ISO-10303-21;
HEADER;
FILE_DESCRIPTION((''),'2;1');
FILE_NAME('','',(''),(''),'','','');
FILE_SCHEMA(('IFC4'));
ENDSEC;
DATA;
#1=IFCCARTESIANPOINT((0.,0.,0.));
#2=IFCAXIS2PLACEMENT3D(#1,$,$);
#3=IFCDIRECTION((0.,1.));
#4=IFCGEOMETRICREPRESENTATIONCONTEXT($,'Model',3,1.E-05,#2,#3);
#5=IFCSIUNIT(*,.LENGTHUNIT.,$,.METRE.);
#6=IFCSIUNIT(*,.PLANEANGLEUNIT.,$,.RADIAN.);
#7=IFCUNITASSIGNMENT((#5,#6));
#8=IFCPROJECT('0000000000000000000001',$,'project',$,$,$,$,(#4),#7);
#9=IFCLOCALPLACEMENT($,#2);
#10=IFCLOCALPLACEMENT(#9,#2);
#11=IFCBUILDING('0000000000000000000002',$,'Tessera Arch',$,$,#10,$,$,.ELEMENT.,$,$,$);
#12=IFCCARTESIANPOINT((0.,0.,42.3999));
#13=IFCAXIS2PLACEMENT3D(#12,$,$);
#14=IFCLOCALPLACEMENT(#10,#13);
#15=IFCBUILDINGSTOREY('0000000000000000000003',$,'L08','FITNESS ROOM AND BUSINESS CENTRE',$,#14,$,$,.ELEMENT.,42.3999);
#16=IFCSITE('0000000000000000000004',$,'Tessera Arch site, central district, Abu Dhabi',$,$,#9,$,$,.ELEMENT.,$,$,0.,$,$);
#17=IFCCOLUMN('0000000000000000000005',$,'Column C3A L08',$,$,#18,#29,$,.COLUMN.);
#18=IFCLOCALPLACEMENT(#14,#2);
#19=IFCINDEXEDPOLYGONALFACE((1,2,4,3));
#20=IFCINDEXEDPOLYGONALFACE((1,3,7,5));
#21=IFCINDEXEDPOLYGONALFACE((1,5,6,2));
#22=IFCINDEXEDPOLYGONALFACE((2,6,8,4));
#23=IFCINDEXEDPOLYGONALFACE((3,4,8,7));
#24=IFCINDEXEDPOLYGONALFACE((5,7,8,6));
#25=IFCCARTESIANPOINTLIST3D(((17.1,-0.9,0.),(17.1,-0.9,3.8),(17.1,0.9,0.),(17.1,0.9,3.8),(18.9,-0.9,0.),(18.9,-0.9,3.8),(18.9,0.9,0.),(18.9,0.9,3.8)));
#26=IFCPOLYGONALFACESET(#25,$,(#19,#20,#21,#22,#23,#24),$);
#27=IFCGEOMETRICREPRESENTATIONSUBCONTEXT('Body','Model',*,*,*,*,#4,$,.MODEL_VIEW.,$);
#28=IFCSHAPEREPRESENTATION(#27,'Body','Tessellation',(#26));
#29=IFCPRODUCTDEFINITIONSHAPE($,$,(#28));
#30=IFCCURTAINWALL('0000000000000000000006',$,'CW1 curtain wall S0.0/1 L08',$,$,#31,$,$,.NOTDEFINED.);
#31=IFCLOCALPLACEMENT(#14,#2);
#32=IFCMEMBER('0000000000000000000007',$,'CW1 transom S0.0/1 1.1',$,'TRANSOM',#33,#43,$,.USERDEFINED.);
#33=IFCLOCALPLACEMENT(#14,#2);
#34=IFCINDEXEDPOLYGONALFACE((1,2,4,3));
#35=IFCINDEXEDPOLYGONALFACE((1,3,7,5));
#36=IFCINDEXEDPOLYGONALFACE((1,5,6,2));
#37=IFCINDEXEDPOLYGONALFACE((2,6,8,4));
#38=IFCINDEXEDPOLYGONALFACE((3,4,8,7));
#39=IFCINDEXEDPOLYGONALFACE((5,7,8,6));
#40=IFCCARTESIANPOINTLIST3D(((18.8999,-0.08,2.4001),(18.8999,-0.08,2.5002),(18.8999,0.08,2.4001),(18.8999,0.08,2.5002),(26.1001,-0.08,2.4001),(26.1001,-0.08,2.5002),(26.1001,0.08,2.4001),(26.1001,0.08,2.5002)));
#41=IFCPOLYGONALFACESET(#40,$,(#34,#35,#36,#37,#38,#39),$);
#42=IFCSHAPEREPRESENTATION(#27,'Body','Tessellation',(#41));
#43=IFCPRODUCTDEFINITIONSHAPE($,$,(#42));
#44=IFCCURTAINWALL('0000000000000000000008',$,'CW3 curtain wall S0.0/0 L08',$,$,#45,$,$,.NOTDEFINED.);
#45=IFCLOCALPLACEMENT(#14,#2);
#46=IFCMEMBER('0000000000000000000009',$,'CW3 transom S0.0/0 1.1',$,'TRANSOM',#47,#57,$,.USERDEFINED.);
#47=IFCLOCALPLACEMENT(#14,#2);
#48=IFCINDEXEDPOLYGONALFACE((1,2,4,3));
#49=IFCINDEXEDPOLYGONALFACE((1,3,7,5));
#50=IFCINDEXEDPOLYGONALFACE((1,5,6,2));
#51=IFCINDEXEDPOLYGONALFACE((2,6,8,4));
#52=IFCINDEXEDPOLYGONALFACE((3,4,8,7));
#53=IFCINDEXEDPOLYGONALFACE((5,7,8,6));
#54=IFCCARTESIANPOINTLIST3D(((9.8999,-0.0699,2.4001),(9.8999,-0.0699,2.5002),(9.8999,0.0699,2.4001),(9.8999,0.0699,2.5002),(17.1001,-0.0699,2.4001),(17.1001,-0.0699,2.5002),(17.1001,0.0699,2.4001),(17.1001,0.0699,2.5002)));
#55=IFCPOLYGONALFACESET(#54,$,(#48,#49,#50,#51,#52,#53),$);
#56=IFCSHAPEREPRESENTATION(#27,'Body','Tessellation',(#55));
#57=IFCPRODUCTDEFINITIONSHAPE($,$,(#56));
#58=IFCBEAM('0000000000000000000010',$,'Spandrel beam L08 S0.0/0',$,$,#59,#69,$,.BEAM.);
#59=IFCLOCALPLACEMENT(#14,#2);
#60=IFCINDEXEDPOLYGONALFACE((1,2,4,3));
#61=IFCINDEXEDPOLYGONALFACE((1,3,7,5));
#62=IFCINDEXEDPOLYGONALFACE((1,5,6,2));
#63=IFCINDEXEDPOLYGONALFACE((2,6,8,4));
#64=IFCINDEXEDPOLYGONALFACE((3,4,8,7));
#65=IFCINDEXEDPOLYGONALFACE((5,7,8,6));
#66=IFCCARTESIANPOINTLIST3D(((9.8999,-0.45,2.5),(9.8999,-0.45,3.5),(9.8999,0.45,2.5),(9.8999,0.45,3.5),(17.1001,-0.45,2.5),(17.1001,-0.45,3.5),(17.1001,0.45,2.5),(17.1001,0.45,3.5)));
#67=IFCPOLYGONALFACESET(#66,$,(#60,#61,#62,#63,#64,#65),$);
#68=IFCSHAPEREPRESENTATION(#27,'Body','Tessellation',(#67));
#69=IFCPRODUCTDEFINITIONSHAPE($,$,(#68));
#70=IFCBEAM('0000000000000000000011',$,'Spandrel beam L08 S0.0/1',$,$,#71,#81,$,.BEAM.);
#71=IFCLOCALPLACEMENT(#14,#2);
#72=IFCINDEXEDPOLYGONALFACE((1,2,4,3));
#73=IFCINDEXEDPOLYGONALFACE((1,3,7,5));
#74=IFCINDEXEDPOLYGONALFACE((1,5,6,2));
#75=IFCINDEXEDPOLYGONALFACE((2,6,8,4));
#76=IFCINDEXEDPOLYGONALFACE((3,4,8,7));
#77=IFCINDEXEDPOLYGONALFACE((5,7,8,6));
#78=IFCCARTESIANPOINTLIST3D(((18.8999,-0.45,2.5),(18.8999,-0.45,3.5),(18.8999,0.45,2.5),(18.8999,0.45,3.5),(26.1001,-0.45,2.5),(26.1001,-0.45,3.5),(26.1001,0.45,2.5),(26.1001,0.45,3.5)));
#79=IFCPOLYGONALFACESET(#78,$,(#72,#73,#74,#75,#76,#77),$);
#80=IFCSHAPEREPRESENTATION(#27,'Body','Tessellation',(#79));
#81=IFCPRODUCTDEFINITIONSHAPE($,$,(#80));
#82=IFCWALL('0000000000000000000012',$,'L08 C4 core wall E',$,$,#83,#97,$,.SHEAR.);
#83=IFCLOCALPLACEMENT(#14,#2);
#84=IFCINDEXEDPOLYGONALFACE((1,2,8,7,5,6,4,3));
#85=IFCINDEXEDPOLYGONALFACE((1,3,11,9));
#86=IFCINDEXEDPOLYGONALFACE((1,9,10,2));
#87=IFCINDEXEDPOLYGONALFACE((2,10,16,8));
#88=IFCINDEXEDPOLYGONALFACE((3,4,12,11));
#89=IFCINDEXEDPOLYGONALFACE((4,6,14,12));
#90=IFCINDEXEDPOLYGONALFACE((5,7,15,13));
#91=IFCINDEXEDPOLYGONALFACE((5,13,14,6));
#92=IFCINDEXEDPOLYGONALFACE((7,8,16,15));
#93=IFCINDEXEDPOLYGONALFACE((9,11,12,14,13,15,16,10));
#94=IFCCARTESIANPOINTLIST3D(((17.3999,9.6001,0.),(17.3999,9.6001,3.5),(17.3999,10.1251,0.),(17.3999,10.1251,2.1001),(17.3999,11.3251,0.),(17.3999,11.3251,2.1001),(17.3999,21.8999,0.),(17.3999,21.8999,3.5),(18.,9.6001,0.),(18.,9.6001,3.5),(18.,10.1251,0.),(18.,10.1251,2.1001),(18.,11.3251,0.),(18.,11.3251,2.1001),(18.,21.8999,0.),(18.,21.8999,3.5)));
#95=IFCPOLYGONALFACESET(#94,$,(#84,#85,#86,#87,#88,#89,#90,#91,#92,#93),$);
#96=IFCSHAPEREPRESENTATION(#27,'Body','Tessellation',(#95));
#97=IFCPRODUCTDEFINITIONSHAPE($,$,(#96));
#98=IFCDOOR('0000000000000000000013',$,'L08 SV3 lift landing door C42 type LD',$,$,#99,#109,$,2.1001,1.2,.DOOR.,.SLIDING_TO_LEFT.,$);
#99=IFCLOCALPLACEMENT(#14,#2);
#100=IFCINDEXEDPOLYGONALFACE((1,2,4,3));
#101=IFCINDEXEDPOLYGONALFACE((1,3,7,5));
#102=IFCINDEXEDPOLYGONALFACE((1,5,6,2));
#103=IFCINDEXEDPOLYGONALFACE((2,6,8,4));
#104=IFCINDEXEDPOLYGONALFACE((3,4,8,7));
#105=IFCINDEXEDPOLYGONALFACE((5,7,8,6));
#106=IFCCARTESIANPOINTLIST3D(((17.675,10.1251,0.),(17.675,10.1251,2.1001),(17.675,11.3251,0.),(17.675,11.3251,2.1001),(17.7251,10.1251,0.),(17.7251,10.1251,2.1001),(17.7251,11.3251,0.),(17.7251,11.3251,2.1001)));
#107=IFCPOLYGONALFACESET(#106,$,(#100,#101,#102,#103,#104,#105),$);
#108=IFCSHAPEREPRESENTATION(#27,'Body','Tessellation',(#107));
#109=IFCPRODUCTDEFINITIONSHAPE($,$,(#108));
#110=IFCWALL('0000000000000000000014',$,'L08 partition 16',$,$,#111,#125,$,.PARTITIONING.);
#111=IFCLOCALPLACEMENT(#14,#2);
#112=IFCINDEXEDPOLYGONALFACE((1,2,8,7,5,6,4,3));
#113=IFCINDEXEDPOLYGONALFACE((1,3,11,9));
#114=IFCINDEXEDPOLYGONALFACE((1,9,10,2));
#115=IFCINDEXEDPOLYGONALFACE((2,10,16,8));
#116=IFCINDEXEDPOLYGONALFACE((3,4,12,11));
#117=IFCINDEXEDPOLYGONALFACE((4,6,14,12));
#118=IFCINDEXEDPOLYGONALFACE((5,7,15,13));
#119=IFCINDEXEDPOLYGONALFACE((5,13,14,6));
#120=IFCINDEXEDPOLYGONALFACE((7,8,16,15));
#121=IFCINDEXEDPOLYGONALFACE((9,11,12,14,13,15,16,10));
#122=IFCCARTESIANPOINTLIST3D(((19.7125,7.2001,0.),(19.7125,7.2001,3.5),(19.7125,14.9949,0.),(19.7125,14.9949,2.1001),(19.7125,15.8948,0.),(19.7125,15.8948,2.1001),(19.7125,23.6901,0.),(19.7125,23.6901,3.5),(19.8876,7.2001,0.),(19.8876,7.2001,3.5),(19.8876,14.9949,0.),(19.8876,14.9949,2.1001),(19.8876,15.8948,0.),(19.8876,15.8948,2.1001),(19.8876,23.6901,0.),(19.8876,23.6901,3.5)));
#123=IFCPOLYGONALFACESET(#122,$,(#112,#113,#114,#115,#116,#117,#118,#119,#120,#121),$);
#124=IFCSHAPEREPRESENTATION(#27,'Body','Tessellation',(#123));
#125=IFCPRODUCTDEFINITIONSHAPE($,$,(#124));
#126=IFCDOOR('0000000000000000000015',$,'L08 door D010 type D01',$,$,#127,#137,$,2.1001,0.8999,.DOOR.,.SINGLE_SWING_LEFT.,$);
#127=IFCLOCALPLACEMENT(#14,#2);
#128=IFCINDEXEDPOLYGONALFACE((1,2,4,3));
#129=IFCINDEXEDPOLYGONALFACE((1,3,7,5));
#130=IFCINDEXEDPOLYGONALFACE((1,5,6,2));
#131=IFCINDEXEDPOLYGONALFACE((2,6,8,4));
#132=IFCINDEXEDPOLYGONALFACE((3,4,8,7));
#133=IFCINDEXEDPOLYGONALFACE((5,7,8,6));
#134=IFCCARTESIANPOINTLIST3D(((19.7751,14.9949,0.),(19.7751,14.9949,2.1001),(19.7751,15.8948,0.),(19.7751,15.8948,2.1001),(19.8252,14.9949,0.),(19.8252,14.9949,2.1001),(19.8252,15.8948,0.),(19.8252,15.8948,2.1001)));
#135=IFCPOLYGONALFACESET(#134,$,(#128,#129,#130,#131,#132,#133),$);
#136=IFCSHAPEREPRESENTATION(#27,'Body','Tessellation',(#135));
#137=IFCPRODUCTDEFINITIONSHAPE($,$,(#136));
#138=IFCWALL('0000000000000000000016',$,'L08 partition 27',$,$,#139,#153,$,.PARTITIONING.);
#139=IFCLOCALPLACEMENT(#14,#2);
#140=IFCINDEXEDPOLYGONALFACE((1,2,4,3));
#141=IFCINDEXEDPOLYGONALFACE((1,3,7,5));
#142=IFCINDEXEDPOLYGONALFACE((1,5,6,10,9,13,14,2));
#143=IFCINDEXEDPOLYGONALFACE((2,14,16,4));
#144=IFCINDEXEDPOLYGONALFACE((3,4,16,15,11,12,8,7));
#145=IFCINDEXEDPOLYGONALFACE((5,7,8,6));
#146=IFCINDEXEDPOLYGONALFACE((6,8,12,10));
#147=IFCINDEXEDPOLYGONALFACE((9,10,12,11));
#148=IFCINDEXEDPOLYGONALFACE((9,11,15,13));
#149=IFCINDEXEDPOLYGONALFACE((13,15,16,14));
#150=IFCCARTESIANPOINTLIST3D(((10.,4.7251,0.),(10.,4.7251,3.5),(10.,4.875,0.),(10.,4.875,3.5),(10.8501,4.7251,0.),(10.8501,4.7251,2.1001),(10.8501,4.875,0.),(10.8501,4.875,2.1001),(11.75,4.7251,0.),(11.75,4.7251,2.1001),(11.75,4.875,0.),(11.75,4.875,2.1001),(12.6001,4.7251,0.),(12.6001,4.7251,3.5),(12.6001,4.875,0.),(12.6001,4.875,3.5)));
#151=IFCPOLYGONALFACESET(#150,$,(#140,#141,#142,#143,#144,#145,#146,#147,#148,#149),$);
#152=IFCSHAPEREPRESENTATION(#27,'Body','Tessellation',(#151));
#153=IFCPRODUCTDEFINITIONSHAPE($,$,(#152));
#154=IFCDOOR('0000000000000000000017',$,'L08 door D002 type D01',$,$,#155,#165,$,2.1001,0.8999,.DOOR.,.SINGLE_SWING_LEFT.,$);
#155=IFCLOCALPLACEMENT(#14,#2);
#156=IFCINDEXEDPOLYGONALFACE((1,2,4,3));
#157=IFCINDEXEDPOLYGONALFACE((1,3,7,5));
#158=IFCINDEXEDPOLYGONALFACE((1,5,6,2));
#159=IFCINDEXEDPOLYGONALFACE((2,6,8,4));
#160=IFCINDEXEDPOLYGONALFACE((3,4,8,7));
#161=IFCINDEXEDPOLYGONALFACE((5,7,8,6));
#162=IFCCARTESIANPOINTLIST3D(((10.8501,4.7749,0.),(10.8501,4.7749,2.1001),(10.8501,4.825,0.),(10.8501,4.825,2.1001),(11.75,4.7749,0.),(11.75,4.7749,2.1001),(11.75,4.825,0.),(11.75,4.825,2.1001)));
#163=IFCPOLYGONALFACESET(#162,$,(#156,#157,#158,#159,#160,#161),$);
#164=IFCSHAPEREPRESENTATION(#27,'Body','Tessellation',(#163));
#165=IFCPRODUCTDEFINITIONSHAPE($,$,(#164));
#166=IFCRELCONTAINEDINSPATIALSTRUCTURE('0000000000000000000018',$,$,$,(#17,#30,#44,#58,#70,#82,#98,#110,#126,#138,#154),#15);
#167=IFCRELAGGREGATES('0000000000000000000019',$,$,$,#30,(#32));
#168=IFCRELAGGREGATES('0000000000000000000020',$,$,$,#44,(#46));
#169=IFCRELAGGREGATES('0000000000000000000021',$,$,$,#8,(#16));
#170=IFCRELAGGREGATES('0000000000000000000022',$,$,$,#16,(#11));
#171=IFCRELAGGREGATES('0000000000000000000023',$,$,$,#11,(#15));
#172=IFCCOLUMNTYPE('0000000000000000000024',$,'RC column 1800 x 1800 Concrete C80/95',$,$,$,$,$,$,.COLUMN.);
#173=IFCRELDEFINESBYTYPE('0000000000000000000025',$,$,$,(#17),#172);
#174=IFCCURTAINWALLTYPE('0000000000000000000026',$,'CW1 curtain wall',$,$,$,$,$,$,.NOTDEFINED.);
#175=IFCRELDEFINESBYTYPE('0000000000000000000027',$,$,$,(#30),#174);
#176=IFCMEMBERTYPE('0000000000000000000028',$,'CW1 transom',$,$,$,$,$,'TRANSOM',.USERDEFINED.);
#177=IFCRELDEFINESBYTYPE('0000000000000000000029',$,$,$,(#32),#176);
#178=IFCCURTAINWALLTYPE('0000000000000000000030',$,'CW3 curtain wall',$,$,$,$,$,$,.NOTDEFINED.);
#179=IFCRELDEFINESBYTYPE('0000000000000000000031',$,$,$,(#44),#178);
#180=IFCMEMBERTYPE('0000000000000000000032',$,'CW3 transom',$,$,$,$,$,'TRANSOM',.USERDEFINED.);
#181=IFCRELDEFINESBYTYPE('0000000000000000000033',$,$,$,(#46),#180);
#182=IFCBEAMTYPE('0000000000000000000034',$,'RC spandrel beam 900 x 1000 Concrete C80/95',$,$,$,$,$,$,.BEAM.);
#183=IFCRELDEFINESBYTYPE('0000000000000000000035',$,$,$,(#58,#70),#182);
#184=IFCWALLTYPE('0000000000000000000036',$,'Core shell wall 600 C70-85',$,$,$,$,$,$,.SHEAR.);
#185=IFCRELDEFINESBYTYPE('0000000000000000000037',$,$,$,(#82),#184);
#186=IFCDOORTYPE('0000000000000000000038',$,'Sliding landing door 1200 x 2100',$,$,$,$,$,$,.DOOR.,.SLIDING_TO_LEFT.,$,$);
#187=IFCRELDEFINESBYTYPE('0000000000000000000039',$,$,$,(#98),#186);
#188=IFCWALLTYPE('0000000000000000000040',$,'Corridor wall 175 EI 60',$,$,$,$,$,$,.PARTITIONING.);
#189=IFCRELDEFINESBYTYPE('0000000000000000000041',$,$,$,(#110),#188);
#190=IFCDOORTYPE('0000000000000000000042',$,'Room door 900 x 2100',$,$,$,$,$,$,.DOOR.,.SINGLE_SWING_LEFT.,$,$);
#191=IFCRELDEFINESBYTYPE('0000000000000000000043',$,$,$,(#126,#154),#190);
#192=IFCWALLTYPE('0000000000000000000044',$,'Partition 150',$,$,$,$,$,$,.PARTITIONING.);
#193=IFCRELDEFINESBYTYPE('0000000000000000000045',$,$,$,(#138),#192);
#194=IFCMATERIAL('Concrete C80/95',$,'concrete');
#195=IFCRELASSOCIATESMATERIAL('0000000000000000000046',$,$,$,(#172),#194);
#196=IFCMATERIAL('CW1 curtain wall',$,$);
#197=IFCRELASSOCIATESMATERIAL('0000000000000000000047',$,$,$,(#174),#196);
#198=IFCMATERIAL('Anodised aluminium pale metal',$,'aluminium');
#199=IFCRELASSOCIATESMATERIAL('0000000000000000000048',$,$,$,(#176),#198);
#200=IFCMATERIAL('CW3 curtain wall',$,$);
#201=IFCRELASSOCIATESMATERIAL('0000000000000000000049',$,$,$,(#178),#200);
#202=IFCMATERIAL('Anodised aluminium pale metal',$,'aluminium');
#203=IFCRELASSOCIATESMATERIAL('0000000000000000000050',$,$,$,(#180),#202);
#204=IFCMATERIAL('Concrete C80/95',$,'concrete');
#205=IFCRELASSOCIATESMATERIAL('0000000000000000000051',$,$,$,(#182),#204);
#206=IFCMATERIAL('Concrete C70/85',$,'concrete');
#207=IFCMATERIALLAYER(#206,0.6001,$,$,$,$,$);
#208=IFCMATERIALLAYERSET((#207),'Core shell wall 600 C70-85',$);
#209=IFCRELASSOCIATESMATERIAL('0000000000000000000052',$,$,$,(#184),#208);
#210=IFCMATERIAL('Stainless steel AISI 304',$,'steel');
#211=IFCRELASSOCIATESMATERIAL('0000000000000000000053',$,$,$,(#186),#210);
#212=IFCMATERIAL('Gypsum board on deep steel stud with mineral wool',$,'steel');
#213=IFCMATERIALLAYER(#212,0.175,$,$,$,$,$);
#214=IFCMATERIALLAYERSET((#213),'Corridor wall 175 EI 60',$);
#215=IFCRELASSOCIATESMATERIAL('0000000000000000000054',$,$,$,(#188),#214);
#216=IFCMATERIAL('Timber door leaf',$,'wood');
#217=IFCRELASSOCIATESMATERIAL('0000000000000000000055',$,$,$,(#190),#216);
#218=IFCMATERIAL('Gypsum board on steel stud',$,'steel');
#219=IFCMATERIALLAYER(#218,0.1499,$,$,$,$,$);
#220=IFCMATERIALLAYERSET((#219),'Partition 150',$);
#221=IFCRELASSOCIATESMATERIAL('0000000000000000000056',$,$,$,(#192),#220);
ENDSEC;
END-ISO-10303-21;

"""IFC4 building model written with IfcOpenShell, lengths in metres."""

from ifc_helpers import new_model, si_unit, direction, frame, frame_2d, origin, origin_2d, place, context, subcontext, project, spatial, rectangle, extrude, material, layer, layer_set, material_profile, profile_set, type_object, element, fill, aggregate, save


model = new_model("IFC4")

# Units and contexts
model_context = context("Model", 3, precision=1e-05, world=origin(), true_north=direction((0.0, 1.0)))
body_context = subcontext(model_context, "Body", "Model", "MODEL_VIEW")
ifc_project = project(units=[si_unit("LENGTHUNIT", "METRE"), si_unit("PLANEANGLEUNIT", "RADIAN")], contexts=[model_context])

# Site, building, storey
site_placement = place(None, origin())
site = spatial("IfcSite", under=ifc_project, at=site_placement, Name="Tessera Arch site, central district, Abu Dhabi", CompositionType="ELEMENT", RefElevation=0.0)
building_placement = place(site_placement, origin())
building = spatial("IfcBuilding", under=site, at=building_placement, Name="Tessera Arch", CompositionType="ELEMENT")
storey_placement = place(building_placement, frame((0.0, 0.0, 42.3999)))
storey = spatial("IfcBuildingStorey", under=building, at=storey_placement, Name="L08", Description="FITNESS ROOM AND BUSINESS CENTRE", CompositionType="ELEMENT", Elevation=42.3999)

# Column
ifc_material_1 = material(Name="Concrete C80/95", Category="concrete")
ifc_material_profile_1 = material_profile(ifc_material_1, rectangle(XDim=1.8, YDim=1.8, at=origin_2d()), Name="RC column 1800 x 1800 Concrete C80/95")
ifc_profile_set_1 = profile_set([ifc_material_profile_1], Name="Concrete C80/95")
column_type = type_object("IfcColumnType", Name="RC column 1800 x 1800 Concrete C80/95", PredefinedType="COLUMN", material=ifc_profile_set_1)
column_placement = place(storey_placement, frame((18.0, 0.0, 0.0), z_axis=(0.0, 0.0, 1.0), x_axis=(1.0, 0.0, 0.0)))
element("IfcColumn", 1, at=column_placement, inside=storey, type_object=column_type, Name="Column C3A L08", PredefinedType="COLUMN", context=body_context, shape_type="SweptSolid", body=[
    extrude(rectangle(XDim=1.8, YDim=1.8, at=origin_2d()), origin(), (0.0, 0.0, 1.0), 3.8),
])

# Curtain walls, members
ifc_material_2 = material(Name="CW1 curtain wall")
curtain_wall_type_1 = type_object("IfcCurtainWallType", Name="CW1 curtain wall", PredefinedType="NOTDEFINED", material=ifc_material_2)
curtain_wall_1_placement = place(storey_placement, origin())
curtain_wall_1 = element("IfcCurtainWall", 2, at=curtain_wall_1_placement, inside=storey, type_object=curtain_wall_type_1, Name="CW1 curtain wall S0.0/1 L08", PredefinedType="NOTDEFINED")
ifc_material_3 = material(Name="Anodised aluminium pale metal", Category="aluminium")
ifc_material_profile_2 = material_profile(ifc_material_3, rectangle(XDim=0.1599, YDim=0.1001, at=origin_2d()), Name="AL 160x100")
ifc_profile_set_2 = profile_set([ifc_material_profile_2], Name="Anodised aluminium pale metal")
member_type_1 = type_object("IfcMemberType", Name="CW1 transom", ElementType="TRANSOM", PredefinedType="USERDEFINED", material=ifc_profile_set_2)
member_1_placement = place(storey_placement, frame((18.8999, 0.0, 2.4502), z_axis=(1.0, 0.0, 0.0), x_axis=(0.0, 1.0, 0.0)))
member_1 = element("IfcMember", 3, at=member_1_placement, type_object=member_type_1, Name="CW1 transom S0.0/1 1.1", ObjectType="TRANSOM", PredefinedType="USERDEFINED", context=body_context, shape_type="SweptSolid", body=[
    extrude(rectangle(XDim=0.1599, YDim=0.1001, at=origin_2d()), origin(), (0.0, 0.0, 1.0), 7.2002),
])
aggregate(curtain_wall_1, [member_1])
ifc_material_4 = material(Name="CW3 curtain wall")
curtain_wall_type_2 = type_object("IfcCurtainWallType", Name="CW3 curtain wall", PredefinedType="NOTDEFINED", material=ifc_material_4)
curtain_wall_2_placement = place(storey_placement, origin())
curtain_wall_2 = element("IfcCurtainWall", 4, at=curtain_wall_2_placement, inside=storey, type_object=curtain_wall_type_2, Name="CW3 curtain wall S0.0/0 L08", PredefinedType="NOTDEFINED")
ifc_material_5 = material(Name="Anodised aluminium pale metal", Category="aluminium")
ifc_material_profile_3 = material_profile(ifc_material_5, rectangle(XDim=0.1399, YDim=0.1001, at=origin_2d()), Name="AL 140x100")
ifc_profile_set_3 = profile_set([ifc_material_profile_3], Name="Anodised aluminium pale metal")
member_type_2 = type_object("IfcMemberType", Name="CW3 transom", ElementType="TRANSOM", PredefinedType="USERDEFINED", material=ifc_profile_set_3)
member_2_placement = place(storey_placement, frame((9.8999, 0.0, 2.4502), z_axis=(1.0, 0.0, 0.0), x_axis=(0.0, 1.0, 0.0)))
member_2 = element("IfcMember", 5, at=member_2_placement, type_object=member_type_2, Name="CW3 transom S0.0/0 1.1", ObjectType="TRANSOM", PredefinedType="USERDEFINED", context=body_context, shape_type="SweptSolid", body=[
    extrude(rectangle(XDim=0.1399, YDim=0.1001, at=origin_2d()), origin(), (0.0, 0.0, 1.0), 7.2002),
])
aggregate(curtain_wall_2, [member_2])

# Beams
ifc_material_6 = material(Name="Concrete C80/95", Category="concrete")
ifc_material_profile_4 = material_profile(ifc_material_6, rectangle(XDim=0.8999, YDim=1.0, at=origin_2d()), Name="RC spandrel beam 900 x 1000 Concrete C80/95")
ifc_profile_set_4 = profile_set([ifc_material_profile_4], Name="Concrete C80/95")
beam_type = type_object("IfcBeamType", Name="RC spandrel beam 900 x 1000 Concrete C80/95", PredefinedType="BEAM", material=ifc_profile_set_4)
for number, where, z_axis, x_axis, name in (
    (6, (9.8999, 0.0, 3.0), (1.0, 0.0, 0.0), (0.0, 1.0, 0.0), "Spandrel beam L08 S0.0/0"),
    (7, (18.8999, 0.0, 3.0), (1.0, 0.0, 0.0), (0.0, 1.0, 0.0), "Spandrel beam L08 S0.0/1"),
):
    element("IfcBeam", number, at=place(storey_placement, frame(where, z_axis=z_axis, x_axis=x_axis)), inside=storey, type_object=beam_type, Name=name, PredefinedType="BEAM", context=body_context, shape_type="SweptSolid", body=[
        extrude(rectangle(XDim=0.8999, YDim=1.0, at=origin_2d()), origin(), (0.0, 0.0, 1.0), 7.2002),
    ])

# Walls, openings, doors
ifc_material_7 = material(Name="Concrete C70/85", Category="concrete")
ifc_layer_1 = layer(ifc_material_7, 0.6001)
ifc_layer_set_1 = layer_set([ifc_layer_1], Name="Core shell wall 600 C70-85")
wall_type_1 = type_object("IfcWallType", Name="Core shell wall 600 C70-85", PredefinedType="SHEAR", material=ifc_layer_set_1)
wall_1_placement = place(storey_placement, frame((17.7, 9.6001, 0.0), z_axis=(0.0, 0.0, 1.0), x_axis=(0.0, 1.0, 0.0)))
wall_1 = element("IfcWall", 8, at=wall_1_placement, inside=storey, type_object=wall_type_1, Name="L08 C4 core wall E", PredefinedType="SHEAR", context=body_context, shape_type="SweptSolid", body=[
    extrude(rectangle(XDim=12.2998, YDim=0.6001, at=frame_2d((6.1499, 0.0))), origin(), (0.0, 0.0, 1.0), 3.5),
])
opening_1_placement = place(wall_1_placement, frame((0.5249, 0.0, 0.0)))
opening_1 = element("IfcOpeningElement", 9, at=opening_1_placement, cuts=wall_1, PredefinedType="OPENING", context=body_context, shape_type="SweptSolid", body=[
    extrude(rectangle(XDim=1.2, YDim=2.1001, at=frame_2d((0.6001, 1.05))), frame((0.0, 0.3101, 0.0), z_axis=(0.0, -1.0, 0.0), x_axis=(1.0, 0.0, 0.0)), (0.0, 0.0, 1.0), 0.6201),
])
ifc_material_8 = material(Name="Stainless steel AISI 304", Category="steel")
door_type_1 = type_object("IfcDoorType", Name="Sliding landing door 1200 x 2100", OperationType="SLIDING_TO_LEFT", PredefinedType="DOOR", material=ifc_material_8)
door_1_placement = place(opening_1_placement, origin())
door_1 = element("IfcDoor", 10, at=door_1_placement, inside=storey, type_object=door_type_1, Name="L08 SV3 lift landing door C42 type LD", OperationType="SLIDING_TO_LEFT", OverallHeight=2.1001, OverallWidth=1.2, PredefinedType="DOOR", context=body_context, shape_type="SweptSolid", body=[
    extrude(rectangle(XDim=1.2, YDim=2.1001, at=frame_2d((0.6001, 1.05))), frame((0.0, 0.0249, 0.0), z_axis=(0.0, -1.0, 0.0), x_axis=(1.0, 0.0, 0.0)), (0.0, 0.0, 1.0), 0.05),
])
fill(opening_1, door_1)
ifc_material_9 = material(Name="Gypsum board on deep steel stud with mineral wool", Category="steel")
ifc_layer_2 = layer(ifc_material_9, 0.175)
ifc_layer_set_2 = layer_set([ifc_layer_2], Name="Corridor wall 175 EI 60")
wall_type_2 = type_object("IfcWallType", Name="Corridor wall 175 EI 60", PredefinedType="PARTITIONING", material=ifc_layer_set_2)
wall_2_placement = place(storey_placement, frame((19.8, 7.2, 0.0), z_axis=(0.0, 0.0, 1.0), x_axis=(0.0, 1.0, 0.0)))
wall_2 = element("IfcWall", 11, at=wall_2_placement, inside=storey, type_object=wall_type_2, Name="L08 partition 16", PredefinedType="PARTITIONING", context=body_context, shape_type="SweptSolid", body=[
    extrude(rectangle(XDim=16.49, YDim=0.175, at=frame_2d((8.2451, 0.0))), origin(), (0.0, 0.0, 1.0), 3.5),
])
opening_2_placement = place(wall_2_placement, frame((7.7949, 0.0, 0.0)))
opening_2 = element("IfcOpeningElement", 12, at=opening_2_placement, cuts=wall_2, PredefinedType="OPENING", context=body_context, shape_type="SweptSolid", body=[
    extrude(rectangle(XDim=0.8999, YDim=2.1001, at=frame_2d((0.45, 1.05))), frame((0.0, 0.0974, 0.0), z_axis=(0.0, -1.0, 0.0), x_axis=(1.0, 0.0, 0.0)), (0.0, 0.0, 1.0), 0.1951),
])
ifc_material_10 = material(Name="Timber door leaf", Category="wood")
door_type_2 = type_object("IfcDoorType", Name="Room door 900 x 2100", OperationType="SINGLE_SWING_LEFT", PredefinedType="DOOR", material=ifc_material_10)
door_2_placement = place(opening_2_placement, origin())
door_2 = element("IfcDoor", 13, at=door_2_placement, inside=storey, type_object=door_type_2, Name="L08 door D010 type D01", OperationType="SINGLE_SWING_LEFT", OverallHeight=2.1001, OverallWidth=0.8999, PredefinedType="DOOR", context=body_context, shape_type="SweptSolid", body=[
    extrude(rectangle(XDim=0.8999, YDim=2.1001, at=frame_2d((0.45, 1.05))), frame((0.0, 0.0249, 0.0), z_axis=(0.0, -1.0, 0.0), x_axis=(1.0, 0.0, 0.0)), (0.0, 0.0, 1.0), 0.05),
])
fill(opening_2, door_2)
ifc_material_11 = material(Name="Gypsum board on steel stud", Category="steel")
ifc_layer_3 = layer(ifc_material_11, 0.1499)
ifc_layer_set_3 = layer_set([ifc_layer_3], Name="Partition 150")
wall_type_3 = type_object("IfcWallType", Name="Partition 150", PredefinedType="PARTITIONING", material=ifc_layer_set_3)
wall_3_placement = place(storey_placement, frame((10.0, 4.8, 0.0), z_axis=(0.0, 0.0, 1.0), x_axis=(1.0, 0.0, 0.0)))
wall_3 = element("IfcWall", 14, at=wall_3_placement, inside=storey, type_object=wall_type_3, Name="L08 partition 27", PredefinedType="PARTITIONING", context=body_context, shape_type="SweptSolid", body=[
    extrude(rectangle(XDim=2.6001, YDim=0.1499, at=frame_2d((1.3, 0.0))), origin(), (0.0, 0.0, 1.0), 3.5),
])
opening_3_placement = place(wall_3_placement, frame((0.8501, 0.0, 0.0)))
opening_3 = element("IfcOpeningElement", 15, at=opening_3_placement, cuts=wall_3, PredefinedType="OPENING", context=body_context, shape_type="SweptSolid", body=[
    extrude(rectangle(XDim=0.8999, YDim=2.1001, at=frame_2d((0.45, 1.05))), frame((0.0, 0.085, 0.0), z_axis=(0.0, -1.0, 0.0), x_axis=(1.0, 0.0, 0.0)), (0.0, 0.0, 1.0), 0.1699),
])
door_3_placement = place(opening_3_placement, origin())
door_3 = element("IfcDoor", 16, at=door_3_placement, inside=storey, type_object=door_type_2, Name="L08 door D002 type D01", OperationType="SINGLE_SWING_LEFT", OverallHeight=2.1001, OverallWidth=0.8999, PredefinedType="DOOR", context=body_context, shape_type="SweptSolid", body=[
    extrude(rectangle(XDim=0.8999, YDim=2.1001, at=frame_2d((0.45, 1.05))), frame((0.0, 0.0249, 0.0), z_axis=(0.0, -1.0, 0.0), x_axis=(1.0, 0.0, 0.0)), (0.0, 0.0, 1.0), 0.05),
])
fill(opening_3, door_3)

save(model, "model.ifc")
